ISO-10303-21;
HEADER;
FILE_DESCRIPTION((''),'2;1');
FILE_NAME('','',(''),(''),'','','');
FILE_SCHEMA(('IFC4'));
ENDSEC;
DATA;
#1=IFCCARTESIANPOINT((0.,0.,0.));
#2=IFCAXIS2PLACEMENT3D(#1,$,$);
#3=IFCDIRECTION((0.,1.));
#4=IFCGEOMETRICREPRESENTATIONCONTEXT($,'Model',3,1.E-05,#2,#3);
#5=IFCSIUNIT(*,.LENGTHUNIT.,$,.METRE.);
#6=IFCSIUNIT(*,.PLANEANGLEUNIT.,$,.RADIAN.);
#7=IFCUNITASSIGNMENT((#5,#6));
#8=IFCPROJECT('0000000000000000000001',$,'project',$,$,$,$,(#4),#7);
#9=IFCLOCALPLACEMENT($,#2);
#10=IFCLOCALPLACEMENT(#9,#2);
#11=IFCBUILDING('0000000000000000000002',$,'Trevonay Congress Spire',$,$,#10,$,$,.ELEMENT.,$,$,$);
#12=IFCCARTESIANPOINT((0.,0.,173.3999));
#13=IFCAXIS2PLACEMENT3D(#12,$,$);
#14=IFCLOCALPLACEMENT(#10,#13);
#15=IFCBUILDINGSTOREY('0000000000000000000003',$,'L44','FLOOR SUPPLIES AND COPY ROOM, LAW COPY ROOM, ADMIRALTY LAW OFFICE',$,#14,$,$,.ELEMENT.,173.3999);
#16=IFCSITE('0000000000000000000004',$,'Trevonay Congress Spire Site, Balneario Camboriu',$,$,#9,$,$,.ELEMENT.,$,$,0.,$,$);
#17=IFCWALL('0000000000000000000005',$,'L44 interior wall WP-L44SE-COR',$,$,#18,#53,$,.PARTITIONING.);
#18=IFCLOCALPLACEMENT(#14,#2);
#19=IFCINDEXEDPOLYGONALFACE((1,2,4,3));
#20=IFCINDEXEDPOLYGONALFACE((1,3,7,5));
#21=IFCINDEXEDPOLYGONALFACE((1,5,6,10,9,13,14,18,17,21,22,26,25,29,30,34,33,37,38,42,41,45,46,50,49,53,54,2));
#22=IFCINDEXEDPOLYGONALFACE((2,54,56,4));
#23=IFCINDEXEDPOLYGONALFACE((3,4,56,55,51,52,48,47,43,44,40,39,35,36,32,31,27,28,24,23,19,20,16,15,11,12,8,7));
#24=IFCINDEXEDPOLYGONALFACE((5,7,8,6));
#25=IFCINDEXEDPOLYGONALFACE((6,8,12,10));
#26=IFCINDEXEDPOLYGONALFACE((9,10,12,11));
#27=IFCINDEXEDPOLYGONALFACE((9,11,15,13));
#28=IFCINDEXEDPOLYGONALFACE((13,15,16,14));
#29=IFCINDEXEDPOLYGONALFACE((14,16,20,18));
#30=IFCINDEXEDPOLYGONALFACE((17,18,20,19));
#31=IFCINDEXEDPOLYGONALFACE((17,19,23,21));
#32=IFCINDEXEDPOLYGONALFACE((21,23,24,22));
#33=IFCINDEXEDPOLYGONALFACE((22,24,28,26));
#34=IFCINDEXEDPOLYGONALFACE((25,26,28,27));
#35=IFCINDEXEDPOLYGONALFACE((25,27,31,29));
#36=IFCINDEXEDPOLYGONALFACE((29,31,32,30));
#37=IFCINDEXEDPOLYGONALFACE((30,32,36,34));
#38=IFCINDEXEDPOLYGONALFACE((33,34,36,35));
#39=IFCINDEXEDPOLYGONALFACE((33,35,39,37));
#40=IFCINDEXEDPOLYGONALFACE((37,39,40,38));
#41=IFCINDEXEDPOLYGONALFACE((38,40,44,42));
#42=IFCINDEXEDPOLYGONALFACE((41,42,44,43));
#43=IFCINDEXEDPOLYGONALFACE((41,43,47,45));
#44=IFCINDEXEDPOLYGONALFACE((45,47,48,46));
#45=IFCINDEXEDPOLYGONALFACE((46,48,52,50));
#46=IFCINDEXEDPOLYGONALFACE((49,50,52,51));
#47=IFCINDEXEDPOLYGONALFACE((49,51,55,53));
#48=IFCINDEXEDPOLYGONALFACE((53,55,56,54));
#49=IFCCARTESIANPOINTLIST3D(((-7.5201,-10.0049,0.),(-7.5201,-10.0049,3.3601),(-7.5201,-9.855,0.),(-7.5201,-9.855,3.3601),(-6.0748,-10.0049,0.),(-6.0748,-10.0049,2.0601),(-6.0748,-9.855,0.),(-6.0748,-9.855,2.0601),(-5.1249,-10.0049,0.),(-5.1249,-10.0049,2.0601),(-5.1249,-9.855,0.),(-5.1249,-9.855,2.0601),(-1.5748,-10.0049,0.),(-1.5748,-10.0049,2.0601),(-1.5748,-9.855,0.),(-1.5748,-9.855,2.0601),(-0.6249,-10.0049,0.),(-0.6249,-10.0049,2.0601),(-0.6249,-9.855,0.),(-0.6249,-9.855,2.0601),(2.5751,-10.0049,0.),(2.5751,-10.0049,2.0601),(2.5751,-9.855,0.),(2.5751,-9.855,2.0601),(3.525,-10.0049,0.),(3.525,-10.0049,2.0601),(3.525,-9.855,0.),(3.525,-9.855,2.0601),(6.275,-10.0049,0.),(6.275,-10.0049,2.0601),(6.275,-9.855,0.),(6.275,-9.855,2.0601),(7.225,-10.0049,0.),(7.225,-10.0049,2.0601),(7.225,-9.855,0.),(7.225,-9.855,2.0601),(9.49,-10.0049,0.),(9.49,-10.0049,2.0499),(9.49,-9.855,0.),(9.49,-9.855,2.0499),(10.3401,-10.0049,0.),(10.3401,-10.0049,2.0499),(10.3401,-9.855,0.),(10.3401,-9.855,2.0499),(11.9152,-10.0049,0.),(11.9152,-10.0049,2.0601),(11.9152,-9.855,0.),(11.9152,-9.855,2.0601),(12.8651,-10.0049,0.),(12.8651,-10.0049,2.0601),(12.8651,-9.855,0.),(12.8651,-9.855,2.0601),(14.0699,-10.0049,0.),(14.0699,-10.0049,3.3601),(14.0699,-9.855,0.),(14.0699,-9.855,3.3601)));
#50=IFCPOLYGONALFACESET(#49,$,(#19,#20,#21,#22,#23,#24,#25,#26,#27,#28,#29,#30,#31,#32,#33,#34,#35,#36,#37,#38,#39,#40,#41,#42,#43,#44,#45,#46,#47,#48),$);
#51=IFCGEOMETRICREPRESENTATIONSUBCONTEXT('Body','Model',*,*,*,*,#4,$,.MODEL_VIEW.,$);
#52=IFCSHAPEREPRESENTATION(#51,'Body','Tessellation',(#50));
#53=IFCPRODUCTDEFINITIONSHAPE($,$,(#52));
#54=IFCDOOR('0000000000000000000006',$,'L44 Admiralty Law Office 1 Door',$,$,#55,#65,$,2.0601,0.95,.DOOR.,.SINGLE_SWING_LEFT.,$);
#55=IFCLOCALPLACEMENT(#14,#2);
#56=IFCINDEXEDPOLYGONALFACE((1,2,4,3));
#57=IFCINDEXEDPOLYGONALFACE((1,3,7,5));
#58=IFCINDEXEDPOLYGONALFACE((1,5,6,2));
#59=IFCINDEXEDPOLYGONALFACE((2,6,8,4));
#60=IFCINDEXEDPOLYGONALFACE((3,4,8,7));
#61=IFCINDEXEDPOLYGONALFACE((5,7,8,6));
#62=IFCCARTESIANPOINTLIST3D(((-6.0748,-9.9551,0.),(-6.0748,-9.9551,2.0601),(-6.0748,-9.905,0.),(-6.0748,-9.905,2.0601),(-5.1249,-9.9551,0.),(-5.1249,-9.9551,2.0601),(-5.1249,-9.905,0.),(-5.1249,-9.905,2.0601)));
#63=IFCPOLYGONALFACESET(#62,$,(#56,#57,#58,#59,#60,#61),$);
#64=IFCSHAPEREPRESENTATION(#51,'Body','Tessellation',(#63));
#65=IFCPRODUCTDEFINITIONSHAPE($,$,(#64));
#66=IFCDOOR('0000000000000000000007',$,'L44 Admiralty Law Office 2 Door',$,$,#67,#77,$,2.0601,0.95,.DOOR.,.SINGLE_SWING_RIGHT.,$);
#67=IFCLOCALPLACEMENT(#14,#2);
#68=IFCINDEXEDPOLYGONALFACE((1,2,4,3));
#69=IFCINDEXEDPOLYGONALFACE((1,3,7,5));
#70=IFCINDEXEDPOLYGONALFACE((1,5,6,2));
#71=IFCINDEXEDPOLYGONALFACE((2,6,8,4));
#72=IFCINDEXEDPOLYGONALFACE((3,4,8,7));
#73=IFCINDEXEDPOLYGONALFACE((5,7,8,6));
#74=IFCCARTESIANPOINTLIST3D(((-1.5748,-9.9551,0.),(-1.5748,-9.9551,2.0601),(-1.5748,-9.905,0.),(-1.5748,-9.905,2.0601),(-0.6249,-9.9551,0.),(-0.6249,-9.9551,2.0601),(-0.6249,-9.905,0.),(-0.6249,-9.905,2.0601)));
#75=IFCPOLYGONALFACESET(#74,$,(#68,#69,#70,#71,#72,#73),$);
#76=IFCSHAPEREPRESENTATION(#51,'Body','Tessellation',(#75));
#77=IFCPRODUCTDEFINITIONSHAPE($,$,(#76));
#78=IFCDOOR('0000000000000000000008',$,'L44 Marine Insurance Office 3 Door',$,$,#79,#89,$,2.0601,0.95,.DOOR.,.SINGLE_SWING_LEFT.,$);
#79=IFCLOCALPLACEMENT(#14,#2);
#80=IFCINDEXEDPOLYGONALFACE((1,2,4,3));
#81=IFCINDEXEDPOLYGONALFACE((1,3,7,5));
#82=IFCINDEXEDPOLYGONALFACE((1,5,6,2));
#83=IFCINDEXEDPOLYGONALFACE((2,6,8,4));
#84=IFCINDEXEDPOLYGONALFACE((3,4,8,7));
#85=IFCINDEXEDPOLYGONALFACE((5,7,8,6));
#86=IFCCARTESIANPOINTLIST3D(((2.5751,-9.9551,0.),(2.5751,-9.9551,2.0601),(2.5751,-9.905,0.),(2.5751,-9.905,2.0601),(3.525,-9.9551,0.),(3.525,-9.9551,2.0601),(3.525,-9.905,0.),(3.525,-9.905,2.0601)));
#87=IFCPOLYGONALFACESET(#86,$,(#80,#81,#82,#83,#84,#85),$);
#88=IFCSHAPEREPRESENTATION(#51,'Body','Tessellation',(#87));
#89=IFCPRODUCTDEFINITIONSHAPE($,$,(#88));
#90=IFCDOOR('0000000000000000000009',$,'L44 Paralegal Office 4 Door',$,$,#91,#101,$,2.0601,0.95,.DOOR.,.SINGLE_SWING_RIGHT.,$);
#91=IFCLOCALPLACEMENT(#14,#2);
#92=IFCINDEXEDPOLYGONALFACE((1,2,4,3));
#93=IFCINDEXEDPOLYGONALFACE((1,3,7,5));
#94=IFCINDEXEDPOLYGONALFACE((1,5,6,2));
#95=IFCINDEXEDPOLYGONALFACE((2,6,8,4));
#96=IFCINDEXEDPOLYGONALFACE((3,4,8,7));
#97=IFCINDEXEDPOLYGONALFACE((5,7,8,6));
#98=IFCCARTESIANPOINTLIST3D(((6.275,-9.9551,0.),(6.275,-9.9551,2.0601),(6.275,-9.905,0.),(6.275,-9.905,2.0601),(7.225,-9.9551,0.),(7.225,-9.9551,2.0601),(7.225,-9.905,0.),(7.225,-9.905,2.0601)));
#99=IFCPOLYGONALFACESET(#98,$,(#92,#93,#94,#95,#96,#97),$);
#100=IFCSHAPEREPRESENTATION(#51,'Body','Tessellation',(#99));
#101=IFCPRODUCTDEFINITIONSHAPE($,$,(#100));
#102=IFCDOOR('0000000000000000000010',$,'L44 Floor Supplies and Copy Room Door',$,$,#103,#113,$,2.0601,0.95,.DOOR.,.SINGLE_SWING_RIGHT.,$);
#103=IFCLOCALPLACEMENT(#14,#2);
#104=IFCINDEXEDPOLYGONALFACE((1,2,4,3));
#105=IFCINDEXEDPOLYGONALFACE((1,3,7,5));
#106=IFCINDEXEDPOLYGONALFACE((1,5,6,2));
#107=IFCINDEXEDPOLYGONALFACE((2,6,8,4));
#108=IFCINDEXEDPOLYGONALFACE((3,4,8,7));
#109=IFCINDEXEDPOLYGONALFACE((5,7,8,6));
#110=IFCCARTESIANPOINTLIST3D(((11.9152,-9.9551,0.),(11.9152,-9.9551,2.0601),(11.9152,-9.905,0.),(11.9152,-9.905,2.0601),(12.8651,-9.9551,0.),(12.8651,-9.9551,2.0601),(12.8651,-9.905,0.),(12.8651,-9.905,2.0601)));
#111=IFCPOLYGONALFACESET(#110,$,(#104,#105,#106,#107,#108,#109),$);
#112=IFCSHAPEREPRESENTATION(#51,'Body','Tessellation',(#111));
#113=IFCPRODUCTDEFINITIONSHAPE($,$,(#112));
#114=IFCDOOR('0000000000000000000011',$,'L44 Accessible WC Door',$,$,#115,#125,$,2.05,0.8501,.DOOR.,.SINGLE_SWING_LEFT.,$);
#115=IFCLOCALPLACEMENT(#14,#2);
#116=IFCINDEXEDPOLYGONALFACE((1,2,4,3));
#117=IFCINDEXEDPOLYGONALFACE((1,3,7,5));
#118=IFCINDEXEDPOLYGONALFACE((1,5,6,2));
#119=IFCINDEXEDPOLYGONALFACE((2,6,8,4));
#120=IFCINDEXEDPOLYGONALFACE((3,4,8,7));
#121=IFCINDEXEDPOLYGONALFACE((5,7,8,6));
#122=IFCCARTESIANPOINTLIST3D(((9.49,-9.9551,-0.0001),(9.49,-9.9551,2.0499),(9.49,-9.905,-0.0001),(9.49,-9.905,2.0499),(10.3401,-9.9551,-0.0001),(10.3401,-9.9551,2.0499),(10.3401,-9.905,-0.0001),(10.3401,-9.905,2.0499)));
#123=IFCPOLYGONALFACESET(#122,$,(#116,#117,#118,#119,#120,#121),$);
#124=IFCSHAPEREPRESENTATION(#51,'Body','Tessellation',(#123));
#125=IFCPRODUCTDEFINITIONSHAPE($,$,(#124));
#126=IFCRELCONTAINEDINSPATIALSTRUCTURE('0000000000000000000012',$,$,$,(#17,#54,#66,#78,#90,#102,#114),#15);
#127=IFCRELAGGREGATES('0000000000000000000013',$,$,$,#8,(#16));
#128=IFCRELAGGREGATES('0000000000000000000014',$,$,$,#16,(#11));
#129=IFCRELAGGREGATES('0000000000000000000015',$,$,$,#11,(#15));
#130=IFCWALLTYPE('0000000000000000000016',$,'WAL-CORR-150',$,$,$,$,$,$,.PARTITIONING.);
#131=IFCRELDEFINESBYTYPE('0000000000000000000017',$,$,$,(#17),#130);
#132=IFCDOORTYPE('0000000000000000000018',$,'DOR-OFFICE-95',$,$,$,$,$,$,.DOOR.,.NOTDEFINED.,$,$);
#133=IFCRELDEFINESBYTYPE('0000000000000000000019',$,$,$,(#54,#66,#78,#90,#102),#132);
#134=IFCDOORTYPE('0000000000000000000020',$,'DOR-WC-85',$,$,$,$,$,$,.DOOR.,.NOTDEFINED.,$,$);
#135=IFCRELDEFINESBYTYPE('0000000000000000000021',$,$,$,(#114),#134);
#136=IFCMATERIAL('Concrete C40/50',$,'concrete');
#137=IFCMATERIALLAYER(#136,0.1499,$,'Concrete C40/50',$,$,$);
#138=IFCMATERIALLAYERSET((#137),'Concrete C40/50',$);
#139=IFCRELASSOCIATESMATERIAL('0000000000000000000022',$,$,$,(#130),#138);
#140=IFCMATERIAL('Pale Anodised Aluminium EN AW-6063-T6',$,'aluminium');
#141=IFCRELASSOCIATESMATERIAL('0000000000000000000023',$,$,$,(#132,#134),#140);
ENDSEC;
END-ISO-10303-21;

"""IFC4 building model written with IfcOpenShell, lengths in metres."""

from ifc_helpers import new_model, si_unit, direction, frame, frame_2d, origin, place, context, subcontext, project, spatial, rectangle, extrude, material, layer, layer_set, type_object, element, fill, save


model = new_model("IFC4")

# Units and contexts
model_context = context("Model", 3, precision=1e-05, world=origin(), true_north=direction((0.0, 1.0)))
body_context = subcontext(model_context, "Body", "Model", "MODEL_VIEW")
ifc_project = project(units=[si_unit("LENGTHUNIT", "METRE"), si_unit("PLANEANGLEUNIT", "RADIAN")], contexts=[model_context])

# Site, building, storey
site_placement = place(None, origin())
site = spatial("IfcSite", under=ifc_project, at=site_placement, Name="Trevonay Congress Spire Site, Balneario Camboriu", CompositionType="ELEMENT", RefElevation=0.0)
building_placement = place(site_placement, origin())
building = spatial("IfcBuilding", under=site, at=building_placement, Name="Trevonay Congress Spire", CompositionType="ELEMENT")
storey_placement = place(building_placement, frame((0.0, 0.0, 173.3999)))
storey = spatial("IfcBuildingStorey", under=building, at=storey_placement, Name="L44", Description="FLOOR SUPPLIES AND COPY ROOM, LAW COPY ROOM, ADMIRALTY LAW OFFICE", CompositionType="ELEMENT", Elevation=173.3999)

# Shared definitions
ifc_material_1 = material(Name="Pale Anodised Aluminium EN AW-6063-T6", Category="aluminium")

# Wall, openings, doors
ifc_material_2 = material(Name="Concrete C40/50", Category="concrete")
ifc_layer_1 = layer(ifc_material_2, 0.1499, Name="Concrete C40/50")
ifc_layer_set_1 = layer_set([ifc_layer_1], Name="Concrete C40/50")
wall_type_1 = type_object("IfcWallType", Name="WAL-CORR-150", PredefinedType="PARTITIONING", material=ifc_layer_set_1)
wall_1_placement = place(storey_placement, frame((-7.52, -9.9299, 0.0), z_axis=(0.0, 0.0, 1.0), x_axis=(1.0, 0.0, 0.0)))
wall_1 = element("IfcWall", 1, at=wall_1_placement, inside=storey, type_object=wall_type_1, Name="L44 interior wall WP-L44SE-COR", PredefinedType="PARTITIONING", context=body_context, shape_type="SweptSolid", body=[
    extrude(rectangle(XDim=21.5901, YDim=0.1499, at=frame_2d((10.7949, 0.0))), origin(), (0.0, 0.0, 1.0), 3.3601),
])
opening_1_placement = place(wall_1_placement, frame((1.4451, 0.0, 0.0)))
opening_1 = element("IfcOpeningElement", 2, at=opening_1_placement, cuts=wall_1, PredefinedType="OPENING", context=body_context, shape_type="SweptSolid", body=[
    extrude(rectangle(XDim=0.95, YDim=2.0601, at=frame_2d((0.4751, 1.03))), frame((0.0, 0.085, 0.0), z_axis=(0.0, -1.0, 0.0), x_axis=(1.0, 0.0, 0.0)), (0.0, 0.0, 1.0), 0.1699),
])
opening_2_placement = place(wall_1_placement, frame((5.9451, 0.0, 0.0)))
opening_2 = element("IfcOpeningElement", 3, at=opening_2_placement, cuts=wall_1, PredefinedType="OPENING", context=body_context, shape_type="SweptSolid", body=[
    extrude(rectangle(XDim=0.95, YDim=2.0601, at=frame_2d((0.4751, 1.03))), frame((0.0, 0.085, 0.0), z_axis=(0.0, -1.0, 0.0), x_axis=(1.0, 0.0, 0.0)), (0.0, 0.0, 1.0), 0.1699),
])
opening_3_placement = place(wall_1_placement, frame((10.095, 0.0, 0.0)))
opening_3 = element("IfcOpeningElement", 4, at=opening_3_placement, cuts=wall_1, PredefinedType="OPENING", context=body_context, shape_type="SweptSolid", body=[
    extrude(rectangle(XDim=0.95, YDim=2.0601, at=frame_2d((0.4751, 1.03))), frame((0.0, 0.085, 0.0), z_axis=(0.0, -1.0, 0.0), x_axis=(1.0, 0.0, 0.0)), (0.0, 0.0, 1.0), 0.1699),
])
opening_4_placement = place(wall_1_placement, frame((13.7949, 0.0, 0.0)))
opening_4 = element("IfcOpeningElement", 5, at=opening_4_placement, cuts=wall_1, PredefinedType="OPENING", context=body_context, shape_type="SweptSolid", body=[
    extrude(rectangle(XDim=0.95, YDim=2.0601, at=frame_2d((0.4751, 1.03))), frame((0.0, 0.085, 0.0), z_axis=(0.0, -1.0, 0.0), x_axis=(1.0, 0.0, 0.0)), (0.0, 0.0, 1.0), 0.1699),
])
opening_5_placement = place(wall_1_placement, frame((17.01, 0.0, 0.0)))
opening_5 = element("IfcOpeningElement", 6, at=opening_5_placement, cuts=wall_1, PredefinedType="OPENING", context=body_context, shape_type="SweptSolid", body=[
    extrude(rectangle(XDim=0.8501, YDim=2.05, at=frame_2d((0.425, 1.0249))), frame((0.0, 0.085, 0.0), z_axis=(0.0, -1.0, 0.0), x_axis=(1.0, 0.0, 0.0)), (0.0, 0.0, 1.0), 0.1699),
])
opening_6_placement = place(wall_1_placement, frame((19.4351, 0.0, 0.0)))
opening_6 = element("IfcOpeningElement", 7, at=opening_6_placement, cuts=wall_1, PredefinedType="OPENING", context=body_context, shape_type="SweptSolid", body=[
    extrude(rectangle(XDim=0.95, YDim=2.0601, at=frame_2d((0.4751, 1.03))), frame((0.0, 0.085, 0.0), z_axis=(0.0, -1.0, 0.0), x_axis=(1.0, 0.0, 0.0)), (0.0, 0.0, 1.0), 0.1699),
])
door_type_1 = type_object("IfcDoorType", Name="DOR-OFFICE-95", OperationType="NOTDEFINED", PredefinedType="DOOR", material=ifc_material_1)
door_1_placement = place(opening_1_placement, origin())
door_1 = element("IfcDoor", 8, at=door_1_placement, inside=storey, type_object=door_type_1, Name="L44 Admiralty Law Office 1 Door", OperationType="SINGLE_SWING_LEFT", OverallHeight=2.0601, OverallWidth=0.95, PredefinedType="DOOR", context=body_context, shape_type="SweptSolid", body=[
    extrude(rectangle(XDim=0.95, YDim=2.0601, at=frame_2d((0.4751, 1.03))), frame((0.0, 0.0249, 0.0), z_axis=(0.0, -1.0, 0.0), x_axis=(1.0, 0.0, 0.0)), (0.0, 0.0, 1.0), 0.05),
])
fill(opening_1, door_1)
door_2_placement = place(opening_2_placement, origin())
door_2 = element("IfcDoor", 9, at=door_2_placement, inside=storey, type_object=door_type_1, Name="L44 Admiralty Law Office 2 Door", OperationType="SINGLE_SWING_RIGHT", OverallHeight=2.0601, OverallWidth=0.95, PredefinedType="DOOR", context=body_context, shape_type="SweptSolid", body=[
    extrude(rectangle(XDim=0.95, YDim=2.0601, at=frame_2d((0.4751, 1.03))), frame((0.0, 0.0249, 0.0), z_axis=(0.0, -1.0, 0.0), x_axis=(1.0, 0.0, 0.0)), (0.0, 0.0, 1.0), 0.05),
])
fill(opening_2, door_2)
door_3_placement = place(opening_3_placement, origin())
door_3 = element("IfcDoor", 10, at=door_3_placement, inside=storey, type_object=door_type_1, Name="L44 Marine Insurance Office 3 Door", OperationType="SINGLE_SWING_LEFT", OverallHeight=2.0601, OverallWidth=0.95, PredefinedType="DOOR", context=body_context, shape_type="SweptSolid", body=[
    extrude(rectangle(XDim=0.95, YDim=2.0601, at=frame_2d((0.4751, 1.03))), frame((0.0, 0.0249, 0.0), z_axis=(0.0, -1.0, 0.0), x_axis=(1.0, 0.0, 0.0)), (0.0, 0.0, 1.0), 0.05),
])
fill(opening_3, door_3)
door_4_placement = place(opening_4_placement, origin())
door_4 = element("IfcDoor", 11, at=door_4_placement, inside=storey, type_object=door_type_1, Name="L44 Paralegal Office 4 Door", OperationType="SINGLE_SWING_RIGHT", OverallHeight=2.0601, OverallWidth=0.95, PredefinedType="DOOR", context=body_context, shape_type="SweptSolid", body=[
    extrude(rectangle(XDim=0.95, YDim=2.0601, at=frame_2d((0.4751, 1.03))), frame((0.0, 0.0249, 0.0), z_axis=(0.0, -1.0, 0.0), x_axis=(1.0, 0.0, 0.0)), (0.0, 0.0, 1.0), 0.05),
])
fill(opening_4, door_4)
door_5_placement = place(opening_6_placement, origin())
door_5 = element("IfcDoor", 12, at=door_5_placement, inside=storey, type_object=door_type_1, Name="L44 Floor Supplies and Copy Room Door", OperationType="SINGLE_SWING_RIGHT", OverallHeight=2.0601, OverallWidth=0.95, PredefinedType="DOOR", context=body_context, shape_type="SweptSolid", body=[
    extrude(rectangle(XDim=0.95, YDim=2.0601, at=frame_2d((0.4751, 1.03))), frame((0.0, 0.0249, 0.0), z_axis=(0.0, -1.0, 0.0), x_axis=(1.0, 0.0, 0.0)), (0.0, 0.0, 1.0), 0.05),
])
fill(opening_6, door_5)
door_type_2 = type_object("IfcDoorType", Name="DOR-WC-85", OperationType="NOTDEFINED", PredefinedType="DOOR", material=ifc_material_1)
door_6_placement = place(opening_5_placement, origin())
door_6 = element("IfcDoor", 13, at=door_6_placement, inside=storey, type_object=door_type_2, Name="L44 Accessible WC Door", OperationType="SINGLE_SWING_LEFT", OverallHeight=2.05, OverallWidth=0.8501, PredefinedType="DOOR", context=body_context, shape_type="SweptSolid", body=[
    extrude(rectangle(XDim=0.8501, YDim=2.05, at=frame_2d((0.425, 1.0249))), frame((0.0, 0.0249, 0.0), z_axis=(0.0, -1.0, 0.0), x_axis=(1.0, 0.0, 0.0)), (0.0, 0.0, 1.0), 0.05),
])
fill(opening_5, door_6)

save(model, "model.ifc")
